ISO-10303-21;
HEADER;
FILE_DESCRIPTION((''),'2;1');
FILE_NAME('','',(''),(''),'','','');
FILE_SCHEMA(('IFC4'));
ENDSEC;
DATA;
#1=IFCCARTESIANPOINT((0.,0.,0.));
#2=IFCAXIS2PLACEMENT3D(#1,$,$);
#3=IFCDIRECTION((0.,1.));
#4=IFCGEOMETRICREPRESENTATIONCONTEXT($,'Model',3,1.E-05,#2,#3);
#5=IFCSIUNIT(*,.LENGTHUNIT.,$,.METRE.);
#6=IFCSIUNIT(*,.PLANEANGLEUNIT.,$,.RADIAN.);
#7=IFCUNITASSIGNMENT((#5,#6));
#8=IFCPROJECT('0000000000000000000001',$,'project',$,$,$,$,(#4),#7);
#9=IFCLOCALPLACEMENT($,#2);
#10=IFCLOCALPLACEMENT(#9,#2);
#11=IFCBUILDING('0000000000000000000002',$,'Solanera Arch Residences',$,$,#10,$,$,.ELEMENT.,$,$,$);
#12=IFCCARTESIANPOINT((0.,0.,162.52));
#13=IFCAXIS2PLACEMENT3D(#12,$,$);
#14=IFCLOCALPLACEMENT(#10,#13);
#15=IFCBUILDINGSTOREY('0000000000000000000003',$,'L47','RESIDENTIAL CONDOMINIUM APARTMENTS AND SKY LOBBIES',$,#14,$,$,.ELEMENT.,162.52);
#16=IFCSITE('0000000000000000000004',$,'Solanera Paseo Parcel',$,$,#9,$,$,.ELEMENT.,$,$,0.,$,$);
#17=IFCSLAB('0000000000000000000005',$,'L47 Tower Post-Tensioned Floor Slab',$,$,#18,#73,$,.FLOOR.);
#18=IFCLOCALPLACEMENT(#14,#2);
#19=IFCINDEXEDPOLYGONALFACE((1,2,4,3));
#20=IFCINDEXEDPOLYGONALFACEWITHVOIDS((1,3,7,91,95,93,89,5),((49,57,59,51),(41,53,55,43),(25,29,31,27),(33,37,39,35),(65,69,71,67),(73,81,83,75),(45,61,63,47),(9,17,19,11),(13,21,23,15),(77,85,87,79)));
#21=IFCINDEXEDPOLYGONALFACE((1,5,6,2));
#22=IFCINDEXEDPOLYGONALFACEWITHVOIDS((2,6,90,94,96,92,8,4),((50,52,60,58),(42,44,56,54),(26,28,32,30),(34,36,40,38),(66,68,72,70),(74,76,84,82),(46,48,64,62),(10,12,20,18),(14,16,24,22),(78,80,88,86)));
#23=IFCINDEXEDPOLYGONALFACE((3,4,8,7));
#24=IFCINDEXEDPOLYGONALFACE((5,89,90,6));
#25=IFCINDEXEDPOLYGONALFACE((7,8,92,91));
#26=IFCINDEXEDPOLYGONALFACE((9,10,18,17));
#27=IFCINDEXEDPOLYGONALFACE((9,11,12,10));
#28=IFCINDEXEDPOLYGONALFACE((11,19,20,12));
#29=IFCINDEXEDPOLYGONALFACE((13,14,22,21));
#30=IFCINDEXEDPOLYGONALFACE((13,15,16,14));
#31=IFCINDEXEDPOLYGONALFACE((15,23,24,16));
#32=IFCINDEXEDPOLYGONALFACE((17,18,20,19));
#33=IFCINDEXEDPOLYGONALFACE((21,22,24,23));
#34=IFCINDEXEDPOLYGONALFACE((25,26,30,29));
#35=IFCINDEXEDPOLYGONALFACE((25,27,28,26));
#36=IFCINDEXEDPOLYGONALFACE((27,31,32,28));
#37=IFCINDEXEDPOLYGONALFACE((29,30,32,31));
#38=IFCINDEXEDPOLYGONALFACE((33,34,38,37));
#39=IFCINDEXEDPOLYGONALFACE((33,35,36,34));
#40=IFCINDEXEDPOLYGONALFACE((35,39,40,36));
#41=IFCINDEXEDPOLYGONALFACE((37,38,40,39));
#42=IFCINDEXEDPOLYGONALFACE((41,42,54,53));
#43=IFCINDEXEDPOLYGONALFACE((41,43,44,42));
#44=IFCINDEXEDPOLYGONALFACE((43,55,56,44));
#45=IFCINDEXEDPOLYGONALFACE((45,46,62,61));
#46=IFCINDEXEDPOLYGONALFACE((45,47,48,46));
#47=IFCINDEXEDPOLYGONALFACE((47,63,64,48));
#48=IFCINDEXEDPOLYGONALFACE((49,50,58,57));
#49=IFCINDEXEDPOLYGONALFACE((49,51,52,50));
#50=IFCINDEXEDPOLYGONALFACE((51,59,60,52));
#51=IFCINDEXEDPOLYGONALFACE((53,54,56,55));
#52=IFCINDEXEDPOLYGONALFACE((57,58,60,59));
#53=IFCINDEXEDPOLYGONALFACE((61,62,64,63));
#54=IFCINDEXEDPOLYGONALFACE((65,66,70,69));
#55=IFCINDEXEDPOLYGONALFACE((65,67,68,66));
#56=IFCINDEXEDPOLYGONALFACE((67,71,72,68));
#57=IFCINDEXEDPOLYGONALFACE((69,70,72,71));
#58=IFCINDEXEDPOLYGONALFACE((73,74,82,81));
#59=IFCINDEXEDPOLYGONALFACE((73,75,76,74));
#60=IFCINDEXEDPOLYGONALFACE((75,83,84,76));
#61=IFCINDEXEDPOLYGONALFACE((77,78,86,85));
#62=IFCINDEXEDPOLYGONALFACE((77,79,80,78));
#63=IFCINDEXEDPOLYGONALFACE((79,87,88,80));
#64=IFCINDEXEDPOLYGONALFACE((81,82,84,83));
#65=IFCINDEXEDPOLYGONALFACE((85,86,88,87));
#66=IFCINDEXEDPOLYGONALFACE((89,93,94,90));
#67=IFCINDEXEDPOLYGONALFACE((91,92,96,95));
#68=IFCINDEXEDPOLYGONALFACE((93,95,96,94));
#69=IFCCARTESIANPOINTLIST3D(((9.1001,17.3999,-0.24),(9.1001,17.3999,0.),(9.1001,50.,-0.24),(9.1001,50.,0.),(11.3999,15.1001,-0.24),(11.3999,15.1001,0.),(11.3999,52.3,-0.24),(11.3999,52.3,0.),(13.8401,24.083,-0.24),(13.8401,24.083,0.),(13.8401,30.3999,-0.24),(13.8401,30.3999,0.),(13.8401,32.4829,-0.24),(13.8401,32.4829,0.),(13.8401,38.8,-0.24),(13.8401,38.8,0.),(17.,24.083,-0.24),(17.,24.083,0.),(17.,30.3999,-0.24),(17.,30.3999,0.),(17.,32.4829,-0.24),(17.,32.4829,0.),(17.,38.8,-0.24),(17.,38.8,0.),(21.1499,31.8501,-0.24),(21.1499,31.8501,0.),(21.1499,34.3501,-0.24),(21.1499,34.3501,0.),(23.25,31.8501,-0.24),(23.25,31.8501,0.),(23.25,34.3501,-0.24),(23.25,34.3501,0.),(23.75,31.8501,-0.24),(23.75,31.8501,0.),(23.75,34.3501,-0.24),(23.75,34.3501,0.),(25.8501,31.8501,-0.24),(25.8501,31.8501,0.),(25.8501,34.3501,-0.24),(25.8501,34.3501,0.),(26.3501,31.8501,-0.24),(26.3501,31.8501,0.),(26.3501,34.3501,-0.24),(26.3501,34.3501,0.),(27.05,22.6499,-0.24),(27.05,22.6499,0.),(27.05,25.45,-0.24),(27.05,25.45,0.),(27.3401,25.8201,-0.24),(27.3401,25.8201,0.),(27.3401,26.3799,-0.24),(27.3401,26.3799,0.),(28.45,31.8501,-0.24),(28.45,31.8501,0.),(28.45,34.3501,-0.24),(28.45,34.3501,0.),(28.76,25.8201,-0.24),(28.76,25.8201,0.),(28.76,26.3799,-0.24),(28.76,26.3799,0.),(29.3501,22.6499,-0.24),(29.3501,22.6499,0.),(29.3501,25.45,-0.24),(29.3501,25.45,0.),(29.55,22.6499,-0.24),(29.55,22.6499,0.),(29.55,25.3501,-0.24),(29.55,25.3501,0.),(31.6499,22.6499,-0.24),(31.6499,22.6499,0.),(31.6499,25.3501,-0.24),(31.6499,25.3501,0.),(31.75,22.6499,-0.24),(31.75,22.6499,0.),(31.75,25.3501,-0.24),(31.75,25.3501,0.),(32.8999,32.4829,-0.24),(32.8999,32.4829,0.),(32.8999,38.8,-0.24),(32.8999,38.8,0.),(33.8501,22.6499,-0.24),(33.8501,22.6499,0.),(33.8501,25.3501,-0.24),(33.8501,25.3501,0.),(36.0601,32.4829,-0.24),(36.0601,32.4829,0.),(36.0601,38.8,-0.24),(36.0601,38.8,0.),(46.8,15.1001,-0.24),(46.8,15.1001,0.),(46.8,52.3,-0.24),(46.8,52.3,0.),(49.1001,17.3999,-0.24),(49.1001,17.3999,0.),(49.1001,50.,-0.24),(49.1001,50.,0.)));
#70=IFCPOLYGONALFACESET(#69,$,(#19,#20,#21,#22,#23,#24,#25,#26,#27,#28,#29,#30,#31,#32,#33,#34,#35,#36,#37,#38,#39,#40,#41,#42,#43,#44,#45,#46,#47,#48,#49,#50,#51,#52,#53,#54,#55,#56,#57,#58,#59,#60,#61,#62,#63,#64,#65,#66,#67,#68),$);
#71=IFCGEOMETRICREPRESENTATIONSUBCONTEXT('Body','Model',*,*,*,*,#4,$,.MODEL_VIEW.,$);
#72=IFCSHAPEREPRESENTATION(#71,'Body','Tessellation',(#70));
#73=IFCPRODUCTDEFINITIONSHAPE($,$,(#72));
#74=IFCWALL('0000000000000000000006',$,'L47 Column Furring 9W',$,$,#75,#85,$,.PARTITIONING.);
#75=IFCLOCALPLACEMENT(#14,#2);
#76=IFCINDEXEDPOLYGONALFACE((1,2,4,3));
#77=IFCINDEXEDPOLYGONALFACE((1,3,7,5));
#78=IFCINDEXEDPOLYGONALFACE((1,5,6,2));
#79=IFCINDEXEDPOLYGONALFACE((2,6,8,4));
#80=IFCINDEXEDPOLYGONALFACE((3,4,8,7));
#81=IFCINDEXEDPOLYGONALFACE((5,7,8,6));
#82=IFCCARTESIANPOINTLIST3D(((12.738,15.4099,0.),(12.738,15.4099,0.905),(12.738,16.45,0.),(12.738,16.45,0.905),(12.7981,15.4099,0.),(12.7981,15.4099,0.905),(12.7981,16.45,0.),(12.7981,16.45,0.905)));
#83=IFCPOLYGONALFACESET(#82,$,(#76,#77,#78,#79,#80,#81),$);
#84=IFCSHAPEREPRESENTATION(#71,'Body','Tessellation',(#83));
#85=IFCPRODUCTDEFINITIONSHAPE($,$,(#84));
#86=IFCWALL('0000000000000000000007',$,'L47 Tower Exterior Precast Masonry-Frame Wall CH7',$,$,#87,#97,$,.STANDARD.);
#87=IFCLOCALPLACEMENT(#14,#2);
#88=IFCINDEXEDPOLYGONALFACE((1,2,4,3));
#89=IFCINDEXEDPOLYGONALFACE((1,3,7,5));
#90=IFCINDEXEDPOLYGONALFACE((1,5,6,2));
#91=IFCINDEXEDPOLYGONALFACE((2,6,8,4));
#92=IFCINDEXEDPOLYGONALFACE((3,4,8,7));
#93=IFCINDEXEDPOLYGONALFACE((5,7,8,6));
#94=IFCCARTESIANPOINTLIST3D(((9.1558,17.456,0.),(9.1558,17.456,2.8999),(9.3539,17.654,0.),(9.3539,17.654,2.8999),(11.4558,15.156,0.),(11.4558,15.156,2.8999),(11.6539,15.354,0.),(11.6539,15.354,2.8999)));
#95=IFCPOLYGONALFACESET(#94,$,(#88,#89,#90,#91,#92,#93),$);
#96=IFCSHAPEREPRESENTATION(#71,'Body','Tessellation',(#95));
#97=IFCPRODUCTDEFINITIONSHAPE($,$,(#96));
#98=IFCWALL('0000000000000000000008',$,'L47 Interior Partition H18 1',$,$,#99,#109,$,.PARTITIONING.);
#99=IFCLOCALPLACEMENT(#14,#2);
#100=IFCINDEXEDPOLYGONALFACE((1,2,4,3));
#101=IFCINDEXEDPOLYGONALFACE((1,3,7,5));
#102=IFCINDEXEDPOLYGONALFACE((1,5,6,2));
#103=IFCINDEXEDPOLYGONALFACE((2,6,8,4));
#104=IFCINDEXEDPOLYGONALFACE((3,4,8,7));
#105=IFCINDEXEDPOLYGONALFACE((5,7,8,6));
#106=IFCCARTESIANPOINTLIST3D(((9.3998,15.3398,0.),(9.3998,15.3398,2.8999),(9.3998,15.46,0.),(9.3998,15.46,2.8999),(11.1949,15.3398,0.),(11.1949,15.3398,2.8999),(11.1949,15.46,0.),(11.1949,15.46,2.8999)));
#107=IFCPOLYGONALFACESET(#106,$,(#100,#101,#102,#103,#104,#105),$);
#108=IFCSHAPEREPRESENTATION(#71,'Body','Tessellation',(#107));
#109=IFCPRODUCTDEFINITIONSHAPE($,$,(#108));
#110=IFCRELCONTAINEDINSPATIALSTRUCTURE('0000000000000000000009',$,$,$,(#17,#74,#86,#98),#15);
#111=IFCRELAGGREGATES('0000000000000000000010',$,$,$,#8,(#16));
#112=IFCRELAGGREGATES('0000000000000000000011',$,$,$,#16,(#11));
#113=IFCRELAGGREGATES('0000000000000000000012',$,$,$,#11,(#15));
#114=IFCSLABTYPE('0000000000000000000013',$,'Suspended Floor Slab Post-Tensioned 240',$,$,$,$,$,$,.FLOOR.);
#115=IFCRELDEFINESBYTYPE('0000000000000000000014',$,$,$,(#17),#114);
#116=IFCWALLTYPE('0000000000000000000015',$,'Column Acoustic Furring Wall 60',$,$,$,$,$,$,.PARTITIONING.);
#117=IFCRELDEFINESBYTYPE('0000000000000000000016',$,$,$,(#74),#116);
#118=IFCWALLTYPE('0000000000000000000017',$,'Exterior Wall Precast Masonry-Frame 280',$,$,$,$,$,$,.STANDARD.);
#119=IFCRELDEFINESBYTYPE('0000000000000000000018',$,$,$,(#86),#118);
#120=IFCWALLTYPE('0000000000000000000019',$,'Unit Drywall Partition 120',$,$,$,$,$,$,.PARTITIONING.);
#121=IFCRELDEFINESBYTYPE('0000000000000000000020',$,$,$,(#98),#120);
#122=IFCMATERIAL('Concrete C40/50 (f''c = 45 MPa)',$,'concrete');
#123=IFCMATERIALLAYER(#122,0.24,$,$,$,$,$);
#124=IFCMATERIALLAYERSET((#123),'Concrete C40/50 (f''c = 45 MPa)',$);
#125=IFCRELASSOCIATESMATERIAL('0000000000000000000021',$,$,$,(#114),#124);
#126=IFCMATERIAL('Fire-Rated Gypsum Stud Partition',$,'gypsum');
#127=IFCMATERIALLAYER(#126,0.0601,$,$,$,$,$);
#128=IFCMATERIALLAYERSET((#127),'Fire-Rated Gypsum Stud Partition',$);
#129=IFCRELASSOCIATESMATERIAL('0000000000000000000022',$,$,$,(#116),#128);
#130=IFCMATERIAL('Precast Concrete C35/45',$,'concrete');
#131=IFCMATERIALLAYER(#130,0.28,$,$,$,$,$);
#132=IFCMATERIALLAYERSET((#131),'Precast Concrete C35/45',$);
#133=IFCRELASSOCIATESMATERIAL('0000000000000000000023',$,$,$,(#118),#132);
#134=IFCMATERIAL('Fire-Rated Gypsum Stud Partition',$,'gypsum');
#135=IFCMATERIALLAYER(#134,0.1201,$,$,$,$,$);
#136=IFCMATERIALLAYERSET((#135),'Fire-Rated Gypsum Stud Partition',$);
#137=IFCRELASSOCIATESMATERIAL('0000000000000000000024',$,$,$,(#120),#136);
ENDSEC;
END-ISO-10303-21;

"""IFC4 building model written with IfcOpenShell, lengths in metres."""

from ifc_helpers import new_model, si_unit, direction, frame, frame_2d, origin, place, context, subcontext, project, spatial, polyline, rectangle, outline, extrude, material, layer, layer_set, type_object, element, save


model = new_model("IFC4")

# Units and contexts
model_context = context("Model", 3, precision=1e-05, world=origin(), true_north=direction((0.0, 1.0)))
body_context = subcontext(model_context, "Body", "Model", "MODEL_VIEW")
ifc_project = project(units=[si_unit("LENGTHUNIT", "METRE"), si_unit("PLANEANGLEUNIT", "RADIAN")], contexts=[model_context])

# Site, building, storey
site_placement = place(None, origin())
site = spatial("IfcSite", under=ifc_project, at=site_placement, Name="Solanera Paseo Parcel", CompositionType="ELEMENT", RefElevation=0.0)
building_placement = place(site_placement, origin())
building = spatial("IfcBuilding", under=site, at=building_placement, Name="Solanera Arch Residences", CompositionType="ELEMENT")
storey_placement = place(building_placement, frame((0.0, 0.0, 162.52)))
storey = spatial("IfcBuildingStorey", under=building, at=storey_placement, Name="L47", Description="RESIDENTIAL CONDOMINIUM APARTMENTS AND SKY LOBBIES", CompositionType="ELEMENT", Elevation=162.52)

# Slab
ifc_material_1 = material(Name="Concrete C40/50 (f'c = 45 MPa)", Category="concrete")
ifc_layer_1 = layer(ifc_material_1, 0.24)
ifc_layer_set_1 = layer_set([ifc_layer_1], Name="Concrete C40/50 (f'c = 45 MPa)")
slab_type_1 = type_object("IfcSlabType", Name="Suspended Floor Slab Post-Tensioned 240", PredefinedType="FLOOR", material=ifc_layer_set_1)
slab_1_placement = place(storey_placement, frame((0.0, 0.0, -0.24)))
element("IfcSlab", 1, at=slab_1_placement, inside=storey, type_object=slab_type_1, Name="L47 Tower Post-Tensioned Floor Slab", PredefinedType="FLOOR", context=body_context, shape_type="SweptSolid", body=[
    extrude(outline(polyline([(11.3999, 15.1001), (46.8, 15.1001), (49.1001, 17.3999), (49.1001, 50.0), (46.8, 52.3), (11.3999, 52.3), (9.1001, 50.0), (9.1001, 17.3999), (11.3999, 15.1001)]), holes=[polyline([(13.8401, 32.4829), (13.8401, 38.8), (17.0, 38.8), (17.0, 32.4829), (13.8401, 32.4829)]), polyline([(32.8999, 32.4829), (32.8999, 38.8), (36.0601, 38.8), (36.0601, 32.4829), (32.8999, 32.4829)]), polyline([(13.8401, 24.083), (13.8401, 30.3999), (17.0, 30.3999), (17.0, 24.083), (13.8401, 24.083)]), polyline([(21.1499, 34.3501), (23.25, 34.3501), (23.25, 31.8501), (21.1499, 31.8501), (21.1499, 34.3501)]), polyline([(23.75, 34.3501), (25.8501, 34.3501), (25.8501, 31.8501), (23.75, 31.8501), (23.75, 34.3501)]), polyline([(26.3501, 34.3501), (28.45, 34.3501), (28.45, 31.8501), (26.3501, 31.8501), (26.3501, 34.3501)]), polyline([(29.55, 25.3501), (31.6499, 25.3501), (31.6499, 22.6499), (29.55, 22.6499), (29.55, 25.3501)]), polyline([(31.75, 25.3501), (33.8501, 25.3501), (33.8501, 22.6499), (31.75, 22.6499), (31.75, 25.3501)]), polyline([(27.05, 25.45), (29.3501, 25.45), (29.3501, 22.6499), (27.05, 22.6499), (27.05, 25.45)]), polyline([(27.3401, 26.3799), (28.76, 26.3799), (28.76, 25.8201), (27.3401, 25.8201), (27.3401, 26.3799)])]), origin(), (0.0, 0.0, 1.0), 0.24),
])

# Walls
ifc_material_2 = material(Name="Fire-Rated Gypsum Stud Partition", Category="gypsum")
ifc_layer_2 = layer(ifc_material_2, 0.0601)
ifc_layer_set_2 = layer_set([ifc_layer_2], Name="Fire-Rated Gypsum Stud Partition")
wall_type_1 = type_object("IfcWallType", Name="Column Acoustic Furring Wall 60", PredefinedType="PARTITIONING", material=ifc_layer_set_2)
wall_1_placement = place(storey_placement, frame((12.7681, 15.4099, 0.0), z_axis=(0.0, 0.0, 1.0), x_axis=(0.0, 1.0, 0.0)))
element("IfcWall", 2, at=wall_1_placement, inside=storey, type_object=wall_type_1, Name="L47 Column Furring 9W", PredefinedType="PARTITIONING", context=body_context, shape_type="SweptSolid", body=[
    extrude(rectangle(XDim=1.04, YDim=0.0601, at=frame_2d((0.52, 0.0))), origin(), (0.0, 0.0, 1.0), 0.905),
])
ifc_material_3 = material(Name="Precast Concrete C35/45", Category="concrete")
ifc_layer_3 = layer(ifc_material_3, 0.28)
ifc_layer_set_3 = layer_set([ifc_layer_3], Name="Precast Concrete C35/45")
wall_type_2 = type_object("IfcWallType", Name="Exterior Wall Precast Masonry-Frame 280", PredefinedType="STANDARD", material=ifc_layer_set_3)
wall_2_placement = place(storey_placement, frame((11.5549, 15.2549, 0.0), z_axis=(0.0, 0.0, 1.0), x_axis=(-0.707107, 0.707107, 0.0)))
element("IfcWall", 3, at=wall_2_placement, inside=storey, type_object=wall_type_2, Name="L47 Tower Exterior Precast Masonry-Frame Wall CH7", PredefinedType="STANDARD", context=body_context, shape_type="SweptSolid", body=[
    extrude(rectangle(XDim=3.2527, YDim=0.28, at=frame_2d((1.6265, 0.0))), origin(), (0.0, 0.0, 1.0), 2.8999),
])
ifc_material_4 = material(Name="Fire-Rated Gypsum Stud Partition", Category="gypsum")
ifc_layer_4 = layer(ifc_material_4, 0.1201)
ifc_layer_set_4 = layer_set([ifc_layer_4], Name="Fire-Rated Gypsum Stud Partition")
wall_type_3 = type_object("IfcWallType", Name="Unit Drywall Partition 120", PredefinedType="PARTITIONING", material=ifc_layer_set_4)
wall_3_placement = place(storey_placement, frame((9.3999, 15.3999, 0.0), z_axis=(0.0, 0.0, 1.0), x_axis=(1.0, 0.0, 0.0)))
element("IfcWall", 4, at=wall_3_placement, inside=storey, type_object=wall_type_3, Name="L47 Interior Partition H18 1", PredefinedType="PARTITIONING", context=body_context, shape_type="SweptSolid", body=[
    extrude(rectangle(XDim=1.7952, YDim=0.1201, at=frame_2d((0.8975, 0.0))), origin(), (0.0, 0.0, 1.0), 2.8999),
])

save(model, "model.ifc")
